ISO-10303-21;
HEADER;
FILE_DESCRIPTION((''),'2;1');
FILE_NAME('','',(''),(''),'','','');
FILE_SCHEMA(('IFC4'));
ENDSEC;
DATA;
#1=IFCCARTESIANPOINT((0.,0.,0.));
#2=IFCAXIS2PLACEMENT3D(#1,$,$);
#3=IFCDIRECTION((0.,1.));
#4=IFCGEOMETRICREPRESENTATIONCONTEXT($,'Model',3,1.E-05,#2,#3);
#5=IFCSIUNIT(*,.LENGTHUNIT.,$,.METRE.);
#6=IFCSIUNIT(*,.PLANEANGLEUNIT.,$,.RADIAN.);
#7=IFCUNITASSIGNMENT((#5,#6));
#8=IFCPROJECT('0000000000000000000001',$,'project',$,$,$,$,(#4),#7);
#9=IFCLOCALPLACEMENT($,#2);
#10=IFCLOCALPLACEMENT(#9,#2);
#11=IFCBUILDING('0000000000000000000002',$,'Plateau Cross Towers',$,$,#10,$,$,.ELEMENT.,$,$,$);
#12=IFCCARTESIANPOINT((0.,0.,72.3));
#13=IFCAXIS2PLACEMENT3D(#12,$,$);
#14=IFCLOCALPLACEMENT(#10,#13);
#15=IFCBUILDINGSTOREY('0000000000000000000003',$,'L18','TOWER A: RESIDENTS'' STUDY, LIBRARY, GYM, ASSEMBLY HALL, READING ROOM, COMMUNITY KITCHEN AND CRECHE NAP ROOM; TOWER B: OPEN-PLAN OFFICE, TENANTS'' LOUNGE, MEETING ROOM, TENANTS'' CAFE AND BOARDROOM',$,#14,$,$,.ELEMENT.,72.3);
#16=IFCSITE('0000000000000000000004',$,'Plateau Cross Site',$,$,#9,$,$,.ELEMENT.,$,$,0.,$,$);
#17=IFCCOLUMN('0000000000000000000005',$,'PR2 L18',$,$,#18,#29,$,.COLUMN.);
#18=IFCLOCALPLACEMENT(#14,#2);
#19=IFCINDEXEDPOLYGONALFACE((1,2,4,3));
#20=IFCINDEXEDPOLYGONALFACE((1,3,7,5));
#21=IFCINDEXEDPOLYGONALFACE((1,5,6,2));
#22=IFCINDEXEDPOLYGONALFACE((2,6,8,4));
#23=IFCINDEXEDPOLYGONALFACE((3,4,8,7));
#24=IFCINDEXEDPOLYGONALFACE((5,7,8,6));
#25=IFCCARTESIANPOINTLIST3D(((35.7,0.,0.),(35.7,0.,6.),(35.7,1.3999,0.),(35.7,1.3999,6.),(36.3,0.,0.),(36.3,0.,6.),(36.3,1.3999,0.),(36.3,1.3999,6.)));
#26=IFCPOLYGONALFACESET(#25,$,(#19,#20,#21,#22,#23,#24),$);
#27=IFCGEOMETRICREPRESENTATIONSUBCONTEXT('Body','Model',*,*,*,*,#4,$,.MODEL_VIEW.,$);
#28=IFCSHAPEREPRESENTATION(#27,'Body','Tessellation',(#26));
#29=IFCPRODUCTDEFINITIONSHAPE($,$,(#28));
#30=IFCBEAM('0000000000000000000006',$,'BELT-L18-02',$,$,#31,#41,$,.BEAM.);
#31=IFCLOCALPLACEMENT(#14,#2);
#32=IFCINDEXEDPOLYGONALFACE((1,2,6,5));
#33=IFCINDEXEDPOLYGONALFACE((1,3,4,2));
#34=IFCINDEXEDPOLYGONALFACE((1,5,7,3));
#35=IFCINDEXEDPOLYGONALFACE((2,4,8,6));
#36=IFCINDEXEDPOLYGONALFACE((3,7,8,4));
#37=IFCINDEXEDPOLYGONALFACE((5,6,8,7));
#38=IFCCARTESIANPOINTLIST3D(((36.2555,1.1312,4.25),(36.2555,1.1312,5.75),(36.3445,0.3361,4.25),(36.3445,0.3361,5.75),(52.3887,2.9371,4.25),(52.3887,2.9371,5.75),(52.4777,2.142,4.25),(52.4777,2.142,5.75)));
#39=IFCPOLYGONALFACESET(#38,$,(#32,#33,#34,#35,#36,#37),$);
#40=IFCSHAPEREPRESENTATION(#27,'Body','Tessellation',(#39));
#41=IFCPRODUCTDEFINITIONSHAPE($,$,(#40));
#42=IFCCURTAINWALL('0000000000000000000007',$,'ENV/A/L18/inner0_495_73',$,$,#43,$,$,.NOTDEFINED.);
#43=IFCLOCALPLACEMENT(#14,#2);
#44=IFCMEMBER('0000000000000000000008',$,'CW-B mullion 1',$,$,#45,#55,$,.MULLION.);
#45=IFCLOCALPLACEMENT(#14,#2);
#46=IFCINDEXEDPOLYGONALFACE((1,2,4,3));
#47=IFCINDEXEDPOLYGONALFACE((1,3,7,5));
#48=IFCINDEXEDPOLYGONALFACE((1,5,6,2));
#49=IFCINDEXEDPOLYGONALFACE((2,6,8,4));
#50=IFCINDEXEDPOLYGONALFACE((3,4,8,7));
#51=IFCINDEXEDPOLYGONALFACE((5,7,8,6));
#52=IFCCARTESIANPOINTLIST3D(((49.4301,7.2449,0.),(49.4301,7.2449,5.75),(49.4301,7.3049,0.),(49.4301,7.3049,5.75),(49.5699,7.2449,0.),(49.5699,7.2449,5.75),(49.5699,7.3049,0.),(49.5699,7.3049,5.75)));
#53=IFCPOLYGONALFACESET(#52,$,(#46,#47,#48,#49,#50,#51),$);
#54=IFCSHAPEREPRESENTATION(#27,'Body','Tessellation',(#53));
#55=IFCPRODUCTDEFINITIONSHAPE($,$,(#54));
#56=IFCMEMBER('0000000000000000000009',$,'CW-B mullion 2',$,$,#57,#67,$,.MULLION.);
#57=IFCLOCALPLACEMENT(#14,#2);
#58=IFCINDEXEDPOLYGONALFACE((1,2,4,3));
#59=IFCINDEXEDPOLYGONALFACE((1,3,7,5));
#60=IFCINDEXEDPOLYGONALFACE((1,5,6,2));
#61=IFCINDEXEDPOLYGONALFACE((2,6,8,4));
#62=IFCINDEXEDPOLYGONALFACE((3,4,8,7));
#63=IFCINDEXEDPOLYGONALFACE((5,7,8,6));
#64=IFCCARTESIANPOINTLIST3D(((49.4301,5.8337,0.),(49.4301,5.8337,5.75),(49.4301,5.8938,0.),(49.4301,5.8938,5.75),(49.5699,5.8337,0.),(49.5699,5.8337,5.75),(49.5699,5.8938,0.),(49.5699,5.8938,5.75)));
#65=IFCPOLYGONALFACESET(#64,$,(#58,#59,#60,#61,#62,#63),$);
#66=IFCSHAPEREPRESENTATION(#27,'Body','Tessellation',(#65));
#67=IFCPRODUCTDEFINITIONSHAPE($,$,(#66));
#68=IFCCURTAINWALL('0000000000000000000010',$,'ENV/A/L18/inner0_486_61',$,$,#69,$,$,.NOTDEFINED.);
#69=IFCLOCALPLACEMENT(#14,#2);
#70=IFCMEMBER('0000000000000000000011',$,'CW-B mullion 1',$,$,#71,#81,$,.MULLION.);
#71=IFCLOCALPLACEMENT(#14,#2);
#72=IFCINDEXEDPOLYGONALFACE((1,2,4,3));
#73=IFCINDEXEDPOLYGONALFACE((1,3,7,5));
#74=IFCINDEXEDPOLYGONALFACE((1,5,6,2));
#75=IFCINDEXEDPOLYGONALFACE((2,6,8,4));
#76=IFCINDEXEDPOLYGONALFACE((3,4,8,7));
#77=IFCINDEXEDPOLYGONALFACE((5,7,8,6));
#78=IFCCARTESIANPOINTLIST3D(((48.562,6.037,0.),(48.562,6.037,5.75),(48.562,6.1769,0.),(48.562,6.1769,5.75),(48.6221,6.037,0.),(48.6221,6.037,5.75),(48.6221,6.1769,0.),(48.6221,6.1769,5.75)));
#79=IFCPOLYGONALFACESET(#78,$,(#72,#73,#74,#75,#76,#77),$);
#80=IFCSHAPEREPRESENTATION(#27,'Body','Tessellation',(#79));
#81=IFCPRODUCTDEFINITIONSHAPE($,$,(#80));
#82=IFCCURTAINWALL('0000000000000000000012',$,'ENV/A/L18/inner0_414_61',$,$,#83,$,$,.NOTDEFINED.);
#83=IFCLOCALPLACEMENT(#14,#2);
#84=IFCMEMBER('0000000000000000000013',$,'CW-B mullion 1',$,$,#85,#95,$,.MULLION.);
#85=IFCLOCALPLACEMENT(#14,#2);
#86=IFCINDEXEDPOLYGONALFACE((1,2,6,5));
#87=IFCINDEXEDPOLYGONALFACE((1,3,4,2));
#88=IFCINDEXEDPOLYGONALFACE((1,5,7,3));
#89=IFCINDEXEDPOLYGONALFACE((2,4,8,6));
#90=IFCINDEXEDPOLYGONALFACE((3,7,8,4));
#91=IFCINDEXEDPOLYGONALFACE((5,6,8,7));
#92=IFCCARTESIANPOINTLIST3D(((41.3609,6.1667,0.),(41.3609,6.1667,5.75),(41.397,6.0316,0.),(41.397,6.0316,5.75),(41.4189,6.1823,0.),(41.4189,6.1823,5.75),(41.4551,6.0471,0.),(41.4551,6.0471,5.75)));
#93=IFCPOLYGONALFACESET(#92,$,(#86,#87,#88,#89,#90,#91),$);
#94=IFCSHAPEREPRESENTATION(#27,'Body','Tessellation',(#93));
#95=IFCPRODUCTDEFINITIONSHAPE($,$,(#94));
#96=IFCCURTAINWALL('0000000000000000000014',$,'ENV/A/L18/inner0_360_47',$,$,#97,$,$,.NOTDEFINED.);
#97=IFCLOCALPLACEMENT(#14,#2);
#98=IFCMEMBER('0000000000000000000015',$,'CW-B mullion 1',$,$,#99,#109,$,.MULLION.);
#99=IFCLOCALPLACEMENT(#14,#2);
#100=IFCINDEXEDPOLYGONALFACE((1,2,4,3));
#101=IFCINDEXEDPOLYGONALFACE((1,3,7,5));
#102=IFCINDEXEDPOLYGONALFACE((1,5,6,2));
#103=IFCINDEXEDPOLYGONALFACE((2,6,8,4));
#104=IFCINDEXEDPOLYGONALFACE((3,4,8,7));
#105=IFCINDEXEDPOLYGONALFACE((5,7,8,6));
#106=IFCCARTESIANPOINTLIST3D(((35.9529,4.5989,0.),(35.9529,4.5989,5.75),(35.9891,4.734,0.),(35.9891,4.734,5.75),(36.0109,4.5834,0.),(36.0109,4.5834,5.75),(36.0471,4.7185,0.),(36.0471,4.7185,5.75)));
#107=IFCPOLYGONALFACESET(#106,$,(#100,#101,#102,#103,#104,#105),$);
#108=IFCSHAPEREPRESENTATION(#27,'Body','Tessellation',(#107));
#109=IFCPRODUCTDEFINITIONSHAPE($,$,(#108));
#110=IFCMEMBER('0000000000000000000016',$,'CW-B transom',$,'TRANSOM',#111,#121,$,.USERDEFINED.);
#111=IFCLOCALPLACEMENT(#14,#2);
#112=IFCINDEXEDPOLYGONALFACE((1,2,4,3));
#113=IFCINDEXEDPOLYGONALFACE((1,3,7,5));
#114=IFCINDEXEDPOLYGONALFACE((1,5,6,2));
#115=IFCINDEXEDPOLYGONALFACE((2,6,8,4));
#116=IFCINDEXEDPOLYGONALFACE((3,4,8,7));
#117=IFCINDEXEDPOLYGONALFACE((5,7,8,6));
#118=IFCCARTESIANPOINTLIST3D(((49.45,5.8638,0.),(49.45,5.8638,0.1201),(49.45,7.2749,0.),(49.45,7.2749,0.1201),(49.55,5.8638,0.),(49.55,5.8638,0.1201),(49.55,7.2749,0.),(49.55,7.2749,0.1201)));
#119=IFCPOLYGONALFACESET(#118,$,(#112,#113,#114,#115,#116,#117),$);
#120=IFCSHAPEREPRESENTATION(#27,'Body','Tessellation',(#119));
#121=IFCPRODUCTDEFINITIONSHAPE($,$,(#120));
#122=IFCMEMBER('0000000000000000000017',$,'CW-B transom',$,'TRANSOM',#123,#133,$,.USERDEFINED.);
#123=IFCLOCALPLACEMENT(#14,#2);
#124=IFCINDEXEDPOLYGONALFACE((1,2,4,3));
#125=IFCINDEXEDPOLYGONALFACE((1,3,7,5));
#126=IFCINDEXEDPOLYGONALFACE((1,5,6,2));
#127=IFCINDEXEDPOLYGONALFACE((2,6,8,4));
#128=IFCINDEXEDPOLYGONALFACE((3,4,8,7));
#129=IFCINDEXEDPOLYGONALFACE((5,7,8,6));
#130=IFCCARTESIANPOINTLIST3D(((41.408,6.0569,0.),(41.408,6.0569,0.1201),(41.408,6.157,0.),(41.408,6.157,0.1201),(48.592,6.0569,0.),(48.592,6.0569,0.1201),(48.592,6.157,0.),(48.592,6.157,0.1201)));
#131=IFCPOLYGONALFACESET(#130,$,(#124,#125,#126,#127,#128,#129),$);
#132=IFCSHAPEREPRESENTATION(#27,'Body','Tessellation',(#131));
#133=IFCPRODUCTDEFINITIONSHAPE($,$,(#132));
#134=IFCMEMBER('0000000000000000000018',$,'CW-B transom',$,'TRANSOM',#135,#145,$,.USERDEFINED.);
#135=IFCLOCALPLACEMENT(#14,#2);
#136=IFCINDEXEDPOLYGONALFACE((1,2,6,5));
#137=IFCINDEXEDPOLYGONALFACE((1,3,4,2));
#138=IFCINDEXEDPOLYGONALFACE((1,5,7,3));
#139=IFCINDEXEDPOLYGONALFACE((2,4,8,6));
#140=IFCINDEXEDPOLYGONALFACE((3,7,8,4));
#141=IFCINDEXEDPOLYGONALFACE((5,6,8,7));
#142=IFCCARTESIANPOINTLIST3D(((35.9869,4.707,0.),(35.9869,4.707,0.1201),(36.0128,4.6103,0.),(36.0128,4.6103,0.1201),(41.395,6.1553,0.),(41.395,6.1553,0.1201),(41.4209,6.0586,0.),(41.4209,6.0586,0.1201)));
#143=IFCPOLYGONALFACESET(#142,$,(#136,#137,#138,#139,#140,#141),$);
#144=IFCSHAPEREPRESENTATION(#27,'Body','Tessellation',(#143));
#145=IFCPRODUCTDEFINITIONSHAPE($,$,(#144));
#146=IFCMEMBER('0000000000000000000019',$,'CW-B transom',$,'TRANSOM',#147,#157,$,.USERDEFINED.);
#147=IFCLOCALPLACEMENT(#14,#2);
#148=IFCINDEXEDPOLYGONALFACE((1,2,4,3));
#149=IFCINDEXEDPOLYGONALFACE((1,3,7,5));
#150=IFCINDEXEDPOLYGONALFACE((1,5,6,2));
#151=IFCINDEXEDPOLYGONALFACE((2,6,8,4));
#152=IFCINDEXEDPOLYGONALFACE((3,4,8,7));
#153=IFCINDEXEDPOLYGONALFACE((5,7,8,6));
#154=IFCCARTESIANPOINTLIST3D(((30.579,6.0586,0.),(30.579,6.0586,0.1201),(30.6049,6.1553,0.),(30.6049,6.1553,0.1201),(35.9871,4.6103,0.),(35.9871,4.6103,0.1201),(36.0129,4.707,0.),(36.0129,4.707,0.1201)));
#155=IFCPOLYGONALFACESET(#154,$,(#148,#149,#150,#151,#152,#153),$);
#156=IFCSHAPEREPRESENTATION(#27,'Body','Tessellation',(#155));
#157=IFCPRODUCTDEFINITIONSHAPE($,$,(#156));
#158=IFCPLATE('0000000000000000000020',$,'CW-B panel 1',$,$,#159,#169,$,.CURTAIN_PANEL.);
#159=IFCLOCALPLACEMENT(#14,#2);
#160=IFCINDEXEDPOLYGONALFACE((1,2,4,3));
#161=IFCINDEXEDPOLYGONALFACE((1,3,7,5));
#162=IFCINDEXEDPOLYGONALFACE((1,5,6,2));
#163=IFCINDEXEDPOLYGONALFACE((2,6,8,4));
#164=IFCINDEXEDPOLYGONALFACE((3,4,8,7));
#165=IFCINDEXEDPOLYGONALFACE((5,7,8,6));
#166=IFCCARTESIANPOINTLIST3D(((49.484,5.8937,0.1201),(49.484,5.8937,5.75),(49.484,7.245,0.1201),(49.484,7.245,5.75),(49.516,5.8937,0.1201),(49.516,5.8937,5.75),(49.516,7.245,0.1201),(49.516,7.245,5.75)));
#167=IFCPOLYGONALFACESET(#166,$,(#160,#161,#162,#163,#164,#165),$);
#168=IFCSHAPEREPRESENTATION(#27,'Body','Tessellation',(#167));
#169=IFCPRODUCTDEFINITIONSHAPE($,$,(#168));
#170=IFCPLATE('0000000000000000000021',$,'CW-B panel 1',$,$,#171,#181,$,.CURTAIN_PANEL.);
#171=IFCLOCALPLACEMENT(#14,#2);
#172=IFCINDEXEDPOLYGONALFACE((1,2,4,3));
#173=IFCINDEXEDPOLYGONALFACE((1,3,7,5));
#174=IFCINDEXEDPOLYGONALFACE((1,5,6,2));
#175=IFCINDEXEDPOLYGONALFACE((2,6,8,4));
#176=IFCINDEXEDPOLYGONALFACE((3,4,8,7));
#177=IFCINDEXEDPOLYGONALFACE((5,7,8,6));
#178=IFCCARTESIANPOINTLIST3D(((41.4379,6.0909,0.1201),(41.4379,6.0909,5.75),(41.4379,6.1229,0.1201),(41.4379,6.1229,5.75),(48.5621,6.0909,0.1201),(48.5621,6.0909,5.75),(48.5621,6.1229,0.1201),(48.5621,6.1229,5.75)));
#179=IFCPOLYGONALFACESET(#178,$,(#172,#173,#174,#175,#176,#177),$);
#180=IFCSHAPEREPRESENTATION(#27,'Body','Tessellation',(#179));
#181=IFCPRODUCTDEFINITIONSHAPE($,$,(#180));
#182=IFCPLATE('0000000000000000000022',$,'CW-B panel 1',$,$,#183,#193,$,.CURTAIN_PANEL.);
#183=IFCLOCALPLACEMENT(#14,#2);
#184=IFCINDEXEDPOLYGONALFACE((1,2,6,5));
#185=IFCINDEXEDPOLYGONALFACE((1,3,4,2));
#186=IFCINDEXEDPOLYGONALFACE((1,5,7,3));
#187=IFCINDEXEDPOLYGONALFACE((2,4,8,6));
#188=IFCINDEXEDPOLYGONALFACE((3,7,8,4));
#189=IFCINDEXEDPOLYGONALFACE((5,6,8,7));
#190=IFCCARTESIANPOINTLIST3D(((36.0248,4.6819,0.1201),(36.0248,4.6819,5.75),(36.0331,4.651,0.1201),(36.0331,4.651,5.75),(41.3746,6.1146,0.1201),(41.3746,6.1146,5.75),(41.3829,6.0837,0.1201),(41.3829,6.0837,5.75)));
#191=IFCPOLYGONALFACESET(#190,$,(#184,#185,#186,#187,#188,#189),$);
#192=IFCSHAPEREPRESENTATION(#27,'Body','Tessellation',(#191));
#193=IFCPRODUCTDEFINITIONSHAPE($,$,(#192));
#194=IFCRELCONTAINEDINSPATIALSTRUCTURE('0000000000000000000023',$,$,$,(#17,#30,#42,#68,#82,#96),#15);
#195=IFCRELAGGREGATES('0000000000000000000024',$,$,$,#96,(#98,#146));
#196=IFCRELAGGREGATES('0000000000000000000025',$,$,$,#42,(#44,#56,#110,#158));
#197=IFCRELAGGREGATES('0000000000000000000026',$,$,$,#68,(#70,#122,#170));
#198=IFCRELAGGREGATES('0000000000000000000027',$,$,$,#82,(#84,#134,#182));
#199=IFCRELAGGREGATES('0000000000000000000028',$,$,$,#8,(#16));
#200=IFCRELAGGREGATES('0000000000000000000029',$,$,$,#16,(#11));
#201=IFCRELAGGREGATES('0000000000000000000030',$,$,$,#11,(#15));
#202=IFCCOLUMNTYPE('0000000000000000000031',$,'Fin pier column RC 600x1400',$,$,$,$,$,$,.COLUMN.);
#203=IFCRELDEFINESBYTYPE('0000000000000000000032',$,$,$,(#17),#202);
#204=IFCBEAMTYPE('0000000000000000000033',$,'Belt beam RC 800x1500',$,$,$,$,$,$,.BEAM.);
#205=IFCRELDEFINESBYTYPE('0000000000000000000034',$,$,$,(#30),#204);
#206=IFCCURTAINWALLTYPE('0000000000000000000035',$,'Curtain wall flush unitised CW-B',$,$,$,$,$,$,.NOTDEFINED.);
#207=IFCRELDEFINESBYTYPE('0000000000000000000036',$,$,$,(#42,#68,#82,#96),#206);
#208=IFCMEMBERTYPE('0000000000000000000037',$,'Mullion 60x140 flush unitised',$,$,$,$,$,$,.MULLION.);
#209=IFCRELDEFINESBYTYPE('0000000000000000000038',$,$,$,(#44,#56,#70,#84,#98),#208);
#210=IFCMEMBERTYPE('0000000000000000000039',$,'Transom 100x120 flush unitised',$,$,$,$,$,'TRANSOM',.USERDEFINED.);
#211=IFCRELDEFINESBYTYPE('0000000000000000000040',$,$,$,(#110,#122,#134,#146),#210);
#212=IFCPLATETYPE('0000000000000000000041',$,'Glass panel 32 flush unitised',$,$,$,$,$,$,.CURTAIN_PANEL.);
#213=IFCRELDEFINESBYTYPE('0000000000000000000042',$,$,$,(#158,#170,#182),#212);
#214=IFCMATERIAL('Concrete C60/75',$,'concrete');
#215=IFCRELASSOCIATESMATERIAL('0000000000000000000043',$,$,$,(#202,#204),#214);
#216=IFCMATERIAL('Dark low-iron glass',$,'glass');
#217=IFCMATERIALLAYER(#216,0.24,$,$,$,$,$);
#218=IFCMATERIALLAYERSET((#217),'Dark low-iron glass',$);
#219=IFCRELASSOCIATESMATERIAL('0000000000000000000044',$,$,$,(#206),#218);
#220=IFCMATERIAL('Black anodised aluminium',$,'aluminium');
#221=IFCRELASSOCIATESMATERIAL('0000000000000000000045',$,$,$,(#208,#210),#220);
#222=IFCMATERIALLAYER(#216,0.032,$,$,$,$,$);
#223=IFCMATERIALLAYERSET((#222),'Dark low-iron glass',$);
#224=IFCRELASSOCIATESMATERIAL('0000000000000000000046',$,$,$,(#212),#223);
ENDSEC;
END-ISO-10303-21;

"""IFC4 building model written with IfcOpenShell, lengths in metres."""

from ifc_helpers import new_model, si_unit, direction, frame, origin, origin_2d, place, context, subcontext, project, spatial, rectangle, extrude, material, layer, layer_set, material_profile, profile_set, type_object, element, aggregate, save


model = new_model("IFC4")

# Units and contexts
model_context = context("Model", 3, precision=1e-05, world=origin(), true_north=direction((0.0, 1.0)))
body_context = subcontext(model_context, "Body", "Model", "MODEL_VIEW")
ifc_project = project(units=[si_unit("LENGTHUNIT", "METRE"), si_unit("PLANEANGLEUNIT", "RADIAN")], contexts=[model_context])

# Site, building, storey
site_placement = place(None, origin())
site = spatial("IfcSite", under=ifc_project, at=site_placement, Name="Plateau Cross Site", CompositionType="ELEMENT", RefElevation=0.0)
building_placement = place(site_placement, origin())
building = spatial("IfcBuilding", under=site, at=building_placement, Name="Plateau Cross Towers", CompositionType="ELEMENT")
storey_placement = place(building_placement, frame((0.0, 0.0, 72.3)))
storey = spatial("IfcBuildingStorey", under=building, at=storey_placement, Name="L18", Description="TOWER A: RESIDENTS' STUDY, LIBRARY, GYM, ASSEMBLY HALL, READING ROOM, COMMUNITY KITCHEN AND CRECHE NAP ROOM; TOWER B: OPEN-PLAN OFFICE, TENANTS' LOUNGE, MEETING ROOM, TENANTS' CAFE AND BOARDROOM", CompositionType="ELEMENT", Elevation=72.3)

# Column
ifc_material_1 = material(Name="Concrete C60/75", Category="concrete")
ifc_material_profile_1 = material_profile(ifc_material_1, rectangle(XDim=0.6001, YDim=1.3999, at=origin_2d()), Name="RC 600x1400")
ifc_profile_set_1 = profile_set([ifc_material_profile_1], Name="Concrete C60/75")
column_type = type_object("IfcColumnType", Name="Fin pier column RC 600x1400", PredefinedType="COLUMN", material=ifc_profile_set_1)
column_placement = place(storey_placement, frame((36.0, 0.7, 0.0), z_axis=(0.0, 0.0, 1.0), x_axis=(1.0, 0.0, 0.0)))
element("IfcColumn", 1, at=column_placement, inside=storey, type_object=column_type, Name="PR2 L18", PredefinedType="COLUMN", context=body_context, shape_type="SweptSolid", body=[
    extrude(rectangle(XDim=0.6001, YDim=1.3999, at=origin_2d()), origin(), (0.0, 0.0, 1.0), 6.0),
])

# Beam
ifc_material_profile_2 = material_profile(ifc_material_1, rectangle(XDim=0.8, YDim=1.5, at=origin_2d()), Name="RC 800x1500")
ifc_profile_set_2 = profile_set([ifc_material_profile_2], Name="Concrete C60/75")
beam_type = type_object("IfcBeamType", Name="Belt beam RC 800x1500", PredefinedType="BEAM", material=ifc_profile_set_2)
beam_placement = place(storey_placement, frame((36.3, 0.7336, 5.0), z_axis=(0.993793, 0.111244, 0.0), x_axis=(-0.111244, 0.993793, 0.0)))
element("IfcBeam", 2, at=beam_placement, inside=storey, type_object=beam_type, Name="BELT-L18-02", PredefinedType="BEAM", context=body_context, shape_type="SweptSolid", body=[
    extrude(rectangle(XDim=0.8, YDim=1.5, at=origin_2d()), origin(), (0.0, 0.0, 1.0), 16.2339),
])

# Curtain wall, members
ifc_material_2 = material(Name="Dark low-iron glass", Category="glass")
ifc_layer_1 = layer(ifc_material_2, 0.24)
ifc_layer_set_1 = layer_set([ifc_layer_1], Name="Dark low-iron glass")
curtain_wall_type = type_object("IfcCurtainWallType", Name="Curtain wall flush unitised CW-B", PredefinedType="NOTDEFINED", material=ifc_layer_set_1)
curtain_wall_1_placement = place(storey_placement, origin())
curtain_wall_1 = element("IfcCurtainWall", 3, at=curtain_wall_1_placement, inside=storey, type_object=curtain_wall_type, Name="ENV/A/L18/inner0_495_73", PredefinedType="NOTDEFINED")
ifc_material_3 = material(Name="Black anodised aluminium", Category="aluminium")
ifc_material_profile_3 = material_profile(ifc_material_3, rectangle(XDim=0.0601, YDim=0.1399, at=origin_2d()), Name="MULLION 60x140")
ifc_profile_set_3 = profile_set([ifc_material_profile_3], Name="Black anodised aluminium")
member_type_1 = type_object("IfcMemberType", Name="Mullion 60x140 flush unitised", PredefinedType="MULLION", material=ifc_profile_set_3)
member_1_placement = place(storey_placement, frame((49.5, 7.2749, 0.0), z_axis=(0.0, 0.0, 1.0), x_axis=(0.0, -1.0, 0.0)))
member_1 = element("IfcMember", 4, at=member_1_placement, type_object=member_type_1, Name="CW-B mullion 1", PredefinedType="MULLION", context=body_context, shape_type="SweptSolid", body=[
    extrude(rectangle(XDim=0.0601, YDim=0.1399, at=origin_2d()), origin(), (0.0, 0.0, 1.0), 5.75),
])
member_2_placement = place(storey_placement, frame((49.5, 5.8638, 0.0), z_axis=(0.0, 0.0, 1.0), x_axis=(0.0, -1.0, 0.0)))
member_2 = element("IfcMember", 5, at=member_2_placement, type_object=member_type_1, Name="CW-B mullion 2", PredefinedType="MULLION", context=body_context, shape_type="SweptSolid", body=[
    extrude(rectangle(XDim=0.0601, YDim=0.1399, at=origin_2d()), origin(), (0.0, 0.0, 1.0), 5.75),
])

# Curtain walls, members
curtain_wall_2_placement = place(storey_placement, origin())
curtain_wall_2 = element("IfcCurtainWall", 6, at=curtain_wall_2_placement, inside=storey, type_object=curtain_wall_type, Name="ENV/A/L18/inner0_486_61", PredefinedType="NOTDEFINED")
member_3_placement = place(storey_placement, frame((48.592, 6.1069, 0.0), z_axis=(0.0, 0.0, 1.0), x_axis=(-1.0, 0.0, 0.0)))
member_3 = element("IfcMember", 7, at=member_3_placement, type_object=member_type_1, Name="CW-B mullion 1", PredefinedType="MULLION", context=body_context, shape_type="SweptSolid", body=[
    extrude(rectangle(XDim=0.0601, YDim=0.1399, at=origin_2d()), origin(), (0.0, 0.0, 1.0), 5.75),
])
curtain_wall_3_placement = place(storey_placement, origin())
curtain_wall_3 = element("IfcCurtainWall", 8, at=curtain_wall_3_placement, inside=storey, type_object=curtain_wall_type, Name="ENV/A/L18/inner0_414_61", PredefinedType="NOTDEFINED")
member_4_placement = place(storey_placement, frame((41.408, 6.1069, 0.0), z_axis=(0.0, 0.0, 1.0), x_axis=(-0.965958, -0.258699, 0.0)))
member_4 = element("IfcMember", 9, at=member_4_placement, type_object=member_type_1, Name="CW-B mullion 1", PredefinedType="MULLION", context=body_context, shape_type="SweptSolid", body=[
    extrude(rectangle(XDim=0.0601, YDim=0.1399, at=origin_2d()), origin(), (0.0, 0.0, 1.0), 5.75),
])
curtain_wall_4_placement = place(storey_placement, origin())
curtain_wall_4 = element("IfcCurtainWall", 10, at=curtain_wall_4_placement, inside=storey, type_object=curtain_wall_type, Name="ENV/A/L18/inner0_360_47", PredefinedType="NOTDEFINED")
member_5_placement = place(storey_placement, frame((36.0, 4.6587, 0.0), z_axis=(0.0, 0.0, 1.0), x_axis=(-0.965958, 0.258699, 0.0)))
member_5 = element("IfcMember", 11, at=member_5_placement, type_object=member_type_1, Name="CW-B mullion 1", PredefinedType="MULLION", context=body_context, shape_type="SweptSolid", body=[
    extrude(rectangle(XDim=0.0601, YDim=0.1399, at=origin_2d()), origin(), (0.0, 0.0, 1.0), 5.75),
])

# Members
ifc_material_profile_4 = material_profile(ifc_material_3, rectangle(XDim=0.1001, YDim=0.1201, at=origin_2d()), Name="TRANSOM 100x120")
ifc_profile_set_4 = profile_set([ifc_material_profile_4], Name="Black anodised aluminium")
member_type_2 = type_object("IfcMemberType", Name="Transom 100x120 flush unitised", ElementType="TRANSOM", PredefinedType="USERDEFINED", material=ifc_profile_set_4)
member_6_placement = place(storey_placement, frame((49.5, 7.2749, 0.0601), z_axis=(0.0, -1.0, 0.0), x_axis=(1.0, 0.0, 0.0)))
member_6 = element("IfcMember", 12, at=member_6_placement, type_object=member_type_2, Name="CW-B transom", ObjectType="TRANSOM", PredefinedType="USERDEFINED", context=body_context, shape_type="SweptSolid", body=[
    extrude(rectangle(XDim=0.1001, YDim=0.1201, at=origin_2d()), origin(), (0.0, 0.0, 1.0), 1.4111),
])
member_7_placement = place(storey_placement, frame((48.592, 6.1069, 0.0601), z_axis=(-1.0, 0.0, 0.0), x_axis=(0.0, -1.0, 0.0)))
member_7 = element("IfcMember", 13, at=member_7_placement, type_object=member_type_2, Name="CW-B transom", ObjectType="TRANSOM", PredefinedType="USERDEFINED", context=body_context, shape_type="SweptSolid", body=[
    extrude(rectangle(XDim=0.1001, YDim=0.1201, at=origin_2d()), origin(), (0.0, 0.0, 1.0), 7.1841),
])
member_8_placement = place(storey_placement, frame((41.408, 6.1069, 0.0601), z_axis=(-0.965962, -0.258683, 0.0), x_axis=(0.258683, -0.965962, 0.0)))
member_8 = element("IfcMember", 14, at=member_8_placement, type_object=member_type_2, Name="CW-B transom", ObjectType="TRANSOM", PredefinedType="USERDEFINED", context=body_context, shape_type="SweptSolid", body=[
    extrude(rectangle(XDim=0.1001, YDim=0.1201, at=origin_2d()), origin(), (0.0, 0.0, 1.0), 5.5986),
])
member_9_placement = place(storey_placement, frame((36.0, 4.6587, 0.0601), z_axis=(-0.965962, 0.258683, 0.0), x_axis=(-0.258683, -0.965962, 0.0)))
member_9 = element("IfcMember", 15, at=member_9_placement, type_object=member_type_2, Name="CW-B transom", ObjectType="TRANSOM", PredefinedType="USERDEFINED", context=body_context, shape_type="SweptSolid", body=[
    extrude(rectangle(XDim=0.1001, YDim=0.1201, at=origin_2d()), origin(), (0.0, 0.0, 1.0), 5.5986),
])
aggregate(curtain_wall_4, [member_5, member_9])

# Plates
ifc_layer_2 = layer(ifc_material_2, 0.032)
ifc_layer_set_2 = layer_set([ifc_layer_2], Name="Dark low-iron glass")
plate_type = type_object("IfcPlateType", Name="Glass panel 32 flush unitised", PredefinedType="CURTAIN_PANEL", material=ifc_layer_set_2)
plate_1_placement = place(storey_placement, frame((49.5, 6.5693, 0.1201), z_axis=(0.0, 0.0, 1.0), x_axis=(0.0, -1.0, 0.0)))
plate_1 = element("IfcPlate", 16, at=plate_1_placement, type_object=plate_type, Name="CW-B panel 1", PredefinedType="CURTAIN_PANEL", context=body_context, shape_type="SweptSolid", body=[
    extrude(rectangle(XDim=1.3513, YDim=0.032, at=origin_2d()), origin(), (0.0, 0.0, 1.0), 5.6299),
])
aggregate(curtain_wall_1, [member_1, member_2, member_6, plate_1])
plate_2_placement = place(storey_placement, frame((45.0, 6.1069, 0.1201), z_axis=(0.0, 0.0, 1.0), x_axis=(-1.0, 0.0, 0.0)))
plate_2 = element("IfcPlate", 17, at=plate_2_placement, type_object=plate_type, Name="CW-B panel 1", PredefinedType="CURTAIN_PANEL", context=body_context, shape_type="SweptSolid", body=[
    extrude(rectangle(XDim=7.1243, YDim=0.032, at=origin_2d()), origin(), (0.0, 0.0, 1.0), 5.6299),
])
aggregate(curtain_wall_2, [member_3, member_7, plate_2])
plate_3_placement = place(storey_placement, frame((38.7039, 5.3828, 0.1201), z_axis=(0.0, 0.0, 1.0), x_axis=(-0.965958, -0.258699, 0.0)))
plate_3 = element("IfcPlate", 18, at=plate_3_placement, type_object=plate_type, Name="CW-B panel 1", PredefinedType="CURTAIN_PANEL", context=body_context, shape_type="SweptSolid", body=[
    extrude(rectangle(XDim=5.5383, YDim=0.032, at=origin_2d()), origin(), (0.0, 0.0, 1.0), 5.6299),
])
aggregate(curtain_wall_3, [member_4, member_8, plate_3])

save(model, "model.ifc")
